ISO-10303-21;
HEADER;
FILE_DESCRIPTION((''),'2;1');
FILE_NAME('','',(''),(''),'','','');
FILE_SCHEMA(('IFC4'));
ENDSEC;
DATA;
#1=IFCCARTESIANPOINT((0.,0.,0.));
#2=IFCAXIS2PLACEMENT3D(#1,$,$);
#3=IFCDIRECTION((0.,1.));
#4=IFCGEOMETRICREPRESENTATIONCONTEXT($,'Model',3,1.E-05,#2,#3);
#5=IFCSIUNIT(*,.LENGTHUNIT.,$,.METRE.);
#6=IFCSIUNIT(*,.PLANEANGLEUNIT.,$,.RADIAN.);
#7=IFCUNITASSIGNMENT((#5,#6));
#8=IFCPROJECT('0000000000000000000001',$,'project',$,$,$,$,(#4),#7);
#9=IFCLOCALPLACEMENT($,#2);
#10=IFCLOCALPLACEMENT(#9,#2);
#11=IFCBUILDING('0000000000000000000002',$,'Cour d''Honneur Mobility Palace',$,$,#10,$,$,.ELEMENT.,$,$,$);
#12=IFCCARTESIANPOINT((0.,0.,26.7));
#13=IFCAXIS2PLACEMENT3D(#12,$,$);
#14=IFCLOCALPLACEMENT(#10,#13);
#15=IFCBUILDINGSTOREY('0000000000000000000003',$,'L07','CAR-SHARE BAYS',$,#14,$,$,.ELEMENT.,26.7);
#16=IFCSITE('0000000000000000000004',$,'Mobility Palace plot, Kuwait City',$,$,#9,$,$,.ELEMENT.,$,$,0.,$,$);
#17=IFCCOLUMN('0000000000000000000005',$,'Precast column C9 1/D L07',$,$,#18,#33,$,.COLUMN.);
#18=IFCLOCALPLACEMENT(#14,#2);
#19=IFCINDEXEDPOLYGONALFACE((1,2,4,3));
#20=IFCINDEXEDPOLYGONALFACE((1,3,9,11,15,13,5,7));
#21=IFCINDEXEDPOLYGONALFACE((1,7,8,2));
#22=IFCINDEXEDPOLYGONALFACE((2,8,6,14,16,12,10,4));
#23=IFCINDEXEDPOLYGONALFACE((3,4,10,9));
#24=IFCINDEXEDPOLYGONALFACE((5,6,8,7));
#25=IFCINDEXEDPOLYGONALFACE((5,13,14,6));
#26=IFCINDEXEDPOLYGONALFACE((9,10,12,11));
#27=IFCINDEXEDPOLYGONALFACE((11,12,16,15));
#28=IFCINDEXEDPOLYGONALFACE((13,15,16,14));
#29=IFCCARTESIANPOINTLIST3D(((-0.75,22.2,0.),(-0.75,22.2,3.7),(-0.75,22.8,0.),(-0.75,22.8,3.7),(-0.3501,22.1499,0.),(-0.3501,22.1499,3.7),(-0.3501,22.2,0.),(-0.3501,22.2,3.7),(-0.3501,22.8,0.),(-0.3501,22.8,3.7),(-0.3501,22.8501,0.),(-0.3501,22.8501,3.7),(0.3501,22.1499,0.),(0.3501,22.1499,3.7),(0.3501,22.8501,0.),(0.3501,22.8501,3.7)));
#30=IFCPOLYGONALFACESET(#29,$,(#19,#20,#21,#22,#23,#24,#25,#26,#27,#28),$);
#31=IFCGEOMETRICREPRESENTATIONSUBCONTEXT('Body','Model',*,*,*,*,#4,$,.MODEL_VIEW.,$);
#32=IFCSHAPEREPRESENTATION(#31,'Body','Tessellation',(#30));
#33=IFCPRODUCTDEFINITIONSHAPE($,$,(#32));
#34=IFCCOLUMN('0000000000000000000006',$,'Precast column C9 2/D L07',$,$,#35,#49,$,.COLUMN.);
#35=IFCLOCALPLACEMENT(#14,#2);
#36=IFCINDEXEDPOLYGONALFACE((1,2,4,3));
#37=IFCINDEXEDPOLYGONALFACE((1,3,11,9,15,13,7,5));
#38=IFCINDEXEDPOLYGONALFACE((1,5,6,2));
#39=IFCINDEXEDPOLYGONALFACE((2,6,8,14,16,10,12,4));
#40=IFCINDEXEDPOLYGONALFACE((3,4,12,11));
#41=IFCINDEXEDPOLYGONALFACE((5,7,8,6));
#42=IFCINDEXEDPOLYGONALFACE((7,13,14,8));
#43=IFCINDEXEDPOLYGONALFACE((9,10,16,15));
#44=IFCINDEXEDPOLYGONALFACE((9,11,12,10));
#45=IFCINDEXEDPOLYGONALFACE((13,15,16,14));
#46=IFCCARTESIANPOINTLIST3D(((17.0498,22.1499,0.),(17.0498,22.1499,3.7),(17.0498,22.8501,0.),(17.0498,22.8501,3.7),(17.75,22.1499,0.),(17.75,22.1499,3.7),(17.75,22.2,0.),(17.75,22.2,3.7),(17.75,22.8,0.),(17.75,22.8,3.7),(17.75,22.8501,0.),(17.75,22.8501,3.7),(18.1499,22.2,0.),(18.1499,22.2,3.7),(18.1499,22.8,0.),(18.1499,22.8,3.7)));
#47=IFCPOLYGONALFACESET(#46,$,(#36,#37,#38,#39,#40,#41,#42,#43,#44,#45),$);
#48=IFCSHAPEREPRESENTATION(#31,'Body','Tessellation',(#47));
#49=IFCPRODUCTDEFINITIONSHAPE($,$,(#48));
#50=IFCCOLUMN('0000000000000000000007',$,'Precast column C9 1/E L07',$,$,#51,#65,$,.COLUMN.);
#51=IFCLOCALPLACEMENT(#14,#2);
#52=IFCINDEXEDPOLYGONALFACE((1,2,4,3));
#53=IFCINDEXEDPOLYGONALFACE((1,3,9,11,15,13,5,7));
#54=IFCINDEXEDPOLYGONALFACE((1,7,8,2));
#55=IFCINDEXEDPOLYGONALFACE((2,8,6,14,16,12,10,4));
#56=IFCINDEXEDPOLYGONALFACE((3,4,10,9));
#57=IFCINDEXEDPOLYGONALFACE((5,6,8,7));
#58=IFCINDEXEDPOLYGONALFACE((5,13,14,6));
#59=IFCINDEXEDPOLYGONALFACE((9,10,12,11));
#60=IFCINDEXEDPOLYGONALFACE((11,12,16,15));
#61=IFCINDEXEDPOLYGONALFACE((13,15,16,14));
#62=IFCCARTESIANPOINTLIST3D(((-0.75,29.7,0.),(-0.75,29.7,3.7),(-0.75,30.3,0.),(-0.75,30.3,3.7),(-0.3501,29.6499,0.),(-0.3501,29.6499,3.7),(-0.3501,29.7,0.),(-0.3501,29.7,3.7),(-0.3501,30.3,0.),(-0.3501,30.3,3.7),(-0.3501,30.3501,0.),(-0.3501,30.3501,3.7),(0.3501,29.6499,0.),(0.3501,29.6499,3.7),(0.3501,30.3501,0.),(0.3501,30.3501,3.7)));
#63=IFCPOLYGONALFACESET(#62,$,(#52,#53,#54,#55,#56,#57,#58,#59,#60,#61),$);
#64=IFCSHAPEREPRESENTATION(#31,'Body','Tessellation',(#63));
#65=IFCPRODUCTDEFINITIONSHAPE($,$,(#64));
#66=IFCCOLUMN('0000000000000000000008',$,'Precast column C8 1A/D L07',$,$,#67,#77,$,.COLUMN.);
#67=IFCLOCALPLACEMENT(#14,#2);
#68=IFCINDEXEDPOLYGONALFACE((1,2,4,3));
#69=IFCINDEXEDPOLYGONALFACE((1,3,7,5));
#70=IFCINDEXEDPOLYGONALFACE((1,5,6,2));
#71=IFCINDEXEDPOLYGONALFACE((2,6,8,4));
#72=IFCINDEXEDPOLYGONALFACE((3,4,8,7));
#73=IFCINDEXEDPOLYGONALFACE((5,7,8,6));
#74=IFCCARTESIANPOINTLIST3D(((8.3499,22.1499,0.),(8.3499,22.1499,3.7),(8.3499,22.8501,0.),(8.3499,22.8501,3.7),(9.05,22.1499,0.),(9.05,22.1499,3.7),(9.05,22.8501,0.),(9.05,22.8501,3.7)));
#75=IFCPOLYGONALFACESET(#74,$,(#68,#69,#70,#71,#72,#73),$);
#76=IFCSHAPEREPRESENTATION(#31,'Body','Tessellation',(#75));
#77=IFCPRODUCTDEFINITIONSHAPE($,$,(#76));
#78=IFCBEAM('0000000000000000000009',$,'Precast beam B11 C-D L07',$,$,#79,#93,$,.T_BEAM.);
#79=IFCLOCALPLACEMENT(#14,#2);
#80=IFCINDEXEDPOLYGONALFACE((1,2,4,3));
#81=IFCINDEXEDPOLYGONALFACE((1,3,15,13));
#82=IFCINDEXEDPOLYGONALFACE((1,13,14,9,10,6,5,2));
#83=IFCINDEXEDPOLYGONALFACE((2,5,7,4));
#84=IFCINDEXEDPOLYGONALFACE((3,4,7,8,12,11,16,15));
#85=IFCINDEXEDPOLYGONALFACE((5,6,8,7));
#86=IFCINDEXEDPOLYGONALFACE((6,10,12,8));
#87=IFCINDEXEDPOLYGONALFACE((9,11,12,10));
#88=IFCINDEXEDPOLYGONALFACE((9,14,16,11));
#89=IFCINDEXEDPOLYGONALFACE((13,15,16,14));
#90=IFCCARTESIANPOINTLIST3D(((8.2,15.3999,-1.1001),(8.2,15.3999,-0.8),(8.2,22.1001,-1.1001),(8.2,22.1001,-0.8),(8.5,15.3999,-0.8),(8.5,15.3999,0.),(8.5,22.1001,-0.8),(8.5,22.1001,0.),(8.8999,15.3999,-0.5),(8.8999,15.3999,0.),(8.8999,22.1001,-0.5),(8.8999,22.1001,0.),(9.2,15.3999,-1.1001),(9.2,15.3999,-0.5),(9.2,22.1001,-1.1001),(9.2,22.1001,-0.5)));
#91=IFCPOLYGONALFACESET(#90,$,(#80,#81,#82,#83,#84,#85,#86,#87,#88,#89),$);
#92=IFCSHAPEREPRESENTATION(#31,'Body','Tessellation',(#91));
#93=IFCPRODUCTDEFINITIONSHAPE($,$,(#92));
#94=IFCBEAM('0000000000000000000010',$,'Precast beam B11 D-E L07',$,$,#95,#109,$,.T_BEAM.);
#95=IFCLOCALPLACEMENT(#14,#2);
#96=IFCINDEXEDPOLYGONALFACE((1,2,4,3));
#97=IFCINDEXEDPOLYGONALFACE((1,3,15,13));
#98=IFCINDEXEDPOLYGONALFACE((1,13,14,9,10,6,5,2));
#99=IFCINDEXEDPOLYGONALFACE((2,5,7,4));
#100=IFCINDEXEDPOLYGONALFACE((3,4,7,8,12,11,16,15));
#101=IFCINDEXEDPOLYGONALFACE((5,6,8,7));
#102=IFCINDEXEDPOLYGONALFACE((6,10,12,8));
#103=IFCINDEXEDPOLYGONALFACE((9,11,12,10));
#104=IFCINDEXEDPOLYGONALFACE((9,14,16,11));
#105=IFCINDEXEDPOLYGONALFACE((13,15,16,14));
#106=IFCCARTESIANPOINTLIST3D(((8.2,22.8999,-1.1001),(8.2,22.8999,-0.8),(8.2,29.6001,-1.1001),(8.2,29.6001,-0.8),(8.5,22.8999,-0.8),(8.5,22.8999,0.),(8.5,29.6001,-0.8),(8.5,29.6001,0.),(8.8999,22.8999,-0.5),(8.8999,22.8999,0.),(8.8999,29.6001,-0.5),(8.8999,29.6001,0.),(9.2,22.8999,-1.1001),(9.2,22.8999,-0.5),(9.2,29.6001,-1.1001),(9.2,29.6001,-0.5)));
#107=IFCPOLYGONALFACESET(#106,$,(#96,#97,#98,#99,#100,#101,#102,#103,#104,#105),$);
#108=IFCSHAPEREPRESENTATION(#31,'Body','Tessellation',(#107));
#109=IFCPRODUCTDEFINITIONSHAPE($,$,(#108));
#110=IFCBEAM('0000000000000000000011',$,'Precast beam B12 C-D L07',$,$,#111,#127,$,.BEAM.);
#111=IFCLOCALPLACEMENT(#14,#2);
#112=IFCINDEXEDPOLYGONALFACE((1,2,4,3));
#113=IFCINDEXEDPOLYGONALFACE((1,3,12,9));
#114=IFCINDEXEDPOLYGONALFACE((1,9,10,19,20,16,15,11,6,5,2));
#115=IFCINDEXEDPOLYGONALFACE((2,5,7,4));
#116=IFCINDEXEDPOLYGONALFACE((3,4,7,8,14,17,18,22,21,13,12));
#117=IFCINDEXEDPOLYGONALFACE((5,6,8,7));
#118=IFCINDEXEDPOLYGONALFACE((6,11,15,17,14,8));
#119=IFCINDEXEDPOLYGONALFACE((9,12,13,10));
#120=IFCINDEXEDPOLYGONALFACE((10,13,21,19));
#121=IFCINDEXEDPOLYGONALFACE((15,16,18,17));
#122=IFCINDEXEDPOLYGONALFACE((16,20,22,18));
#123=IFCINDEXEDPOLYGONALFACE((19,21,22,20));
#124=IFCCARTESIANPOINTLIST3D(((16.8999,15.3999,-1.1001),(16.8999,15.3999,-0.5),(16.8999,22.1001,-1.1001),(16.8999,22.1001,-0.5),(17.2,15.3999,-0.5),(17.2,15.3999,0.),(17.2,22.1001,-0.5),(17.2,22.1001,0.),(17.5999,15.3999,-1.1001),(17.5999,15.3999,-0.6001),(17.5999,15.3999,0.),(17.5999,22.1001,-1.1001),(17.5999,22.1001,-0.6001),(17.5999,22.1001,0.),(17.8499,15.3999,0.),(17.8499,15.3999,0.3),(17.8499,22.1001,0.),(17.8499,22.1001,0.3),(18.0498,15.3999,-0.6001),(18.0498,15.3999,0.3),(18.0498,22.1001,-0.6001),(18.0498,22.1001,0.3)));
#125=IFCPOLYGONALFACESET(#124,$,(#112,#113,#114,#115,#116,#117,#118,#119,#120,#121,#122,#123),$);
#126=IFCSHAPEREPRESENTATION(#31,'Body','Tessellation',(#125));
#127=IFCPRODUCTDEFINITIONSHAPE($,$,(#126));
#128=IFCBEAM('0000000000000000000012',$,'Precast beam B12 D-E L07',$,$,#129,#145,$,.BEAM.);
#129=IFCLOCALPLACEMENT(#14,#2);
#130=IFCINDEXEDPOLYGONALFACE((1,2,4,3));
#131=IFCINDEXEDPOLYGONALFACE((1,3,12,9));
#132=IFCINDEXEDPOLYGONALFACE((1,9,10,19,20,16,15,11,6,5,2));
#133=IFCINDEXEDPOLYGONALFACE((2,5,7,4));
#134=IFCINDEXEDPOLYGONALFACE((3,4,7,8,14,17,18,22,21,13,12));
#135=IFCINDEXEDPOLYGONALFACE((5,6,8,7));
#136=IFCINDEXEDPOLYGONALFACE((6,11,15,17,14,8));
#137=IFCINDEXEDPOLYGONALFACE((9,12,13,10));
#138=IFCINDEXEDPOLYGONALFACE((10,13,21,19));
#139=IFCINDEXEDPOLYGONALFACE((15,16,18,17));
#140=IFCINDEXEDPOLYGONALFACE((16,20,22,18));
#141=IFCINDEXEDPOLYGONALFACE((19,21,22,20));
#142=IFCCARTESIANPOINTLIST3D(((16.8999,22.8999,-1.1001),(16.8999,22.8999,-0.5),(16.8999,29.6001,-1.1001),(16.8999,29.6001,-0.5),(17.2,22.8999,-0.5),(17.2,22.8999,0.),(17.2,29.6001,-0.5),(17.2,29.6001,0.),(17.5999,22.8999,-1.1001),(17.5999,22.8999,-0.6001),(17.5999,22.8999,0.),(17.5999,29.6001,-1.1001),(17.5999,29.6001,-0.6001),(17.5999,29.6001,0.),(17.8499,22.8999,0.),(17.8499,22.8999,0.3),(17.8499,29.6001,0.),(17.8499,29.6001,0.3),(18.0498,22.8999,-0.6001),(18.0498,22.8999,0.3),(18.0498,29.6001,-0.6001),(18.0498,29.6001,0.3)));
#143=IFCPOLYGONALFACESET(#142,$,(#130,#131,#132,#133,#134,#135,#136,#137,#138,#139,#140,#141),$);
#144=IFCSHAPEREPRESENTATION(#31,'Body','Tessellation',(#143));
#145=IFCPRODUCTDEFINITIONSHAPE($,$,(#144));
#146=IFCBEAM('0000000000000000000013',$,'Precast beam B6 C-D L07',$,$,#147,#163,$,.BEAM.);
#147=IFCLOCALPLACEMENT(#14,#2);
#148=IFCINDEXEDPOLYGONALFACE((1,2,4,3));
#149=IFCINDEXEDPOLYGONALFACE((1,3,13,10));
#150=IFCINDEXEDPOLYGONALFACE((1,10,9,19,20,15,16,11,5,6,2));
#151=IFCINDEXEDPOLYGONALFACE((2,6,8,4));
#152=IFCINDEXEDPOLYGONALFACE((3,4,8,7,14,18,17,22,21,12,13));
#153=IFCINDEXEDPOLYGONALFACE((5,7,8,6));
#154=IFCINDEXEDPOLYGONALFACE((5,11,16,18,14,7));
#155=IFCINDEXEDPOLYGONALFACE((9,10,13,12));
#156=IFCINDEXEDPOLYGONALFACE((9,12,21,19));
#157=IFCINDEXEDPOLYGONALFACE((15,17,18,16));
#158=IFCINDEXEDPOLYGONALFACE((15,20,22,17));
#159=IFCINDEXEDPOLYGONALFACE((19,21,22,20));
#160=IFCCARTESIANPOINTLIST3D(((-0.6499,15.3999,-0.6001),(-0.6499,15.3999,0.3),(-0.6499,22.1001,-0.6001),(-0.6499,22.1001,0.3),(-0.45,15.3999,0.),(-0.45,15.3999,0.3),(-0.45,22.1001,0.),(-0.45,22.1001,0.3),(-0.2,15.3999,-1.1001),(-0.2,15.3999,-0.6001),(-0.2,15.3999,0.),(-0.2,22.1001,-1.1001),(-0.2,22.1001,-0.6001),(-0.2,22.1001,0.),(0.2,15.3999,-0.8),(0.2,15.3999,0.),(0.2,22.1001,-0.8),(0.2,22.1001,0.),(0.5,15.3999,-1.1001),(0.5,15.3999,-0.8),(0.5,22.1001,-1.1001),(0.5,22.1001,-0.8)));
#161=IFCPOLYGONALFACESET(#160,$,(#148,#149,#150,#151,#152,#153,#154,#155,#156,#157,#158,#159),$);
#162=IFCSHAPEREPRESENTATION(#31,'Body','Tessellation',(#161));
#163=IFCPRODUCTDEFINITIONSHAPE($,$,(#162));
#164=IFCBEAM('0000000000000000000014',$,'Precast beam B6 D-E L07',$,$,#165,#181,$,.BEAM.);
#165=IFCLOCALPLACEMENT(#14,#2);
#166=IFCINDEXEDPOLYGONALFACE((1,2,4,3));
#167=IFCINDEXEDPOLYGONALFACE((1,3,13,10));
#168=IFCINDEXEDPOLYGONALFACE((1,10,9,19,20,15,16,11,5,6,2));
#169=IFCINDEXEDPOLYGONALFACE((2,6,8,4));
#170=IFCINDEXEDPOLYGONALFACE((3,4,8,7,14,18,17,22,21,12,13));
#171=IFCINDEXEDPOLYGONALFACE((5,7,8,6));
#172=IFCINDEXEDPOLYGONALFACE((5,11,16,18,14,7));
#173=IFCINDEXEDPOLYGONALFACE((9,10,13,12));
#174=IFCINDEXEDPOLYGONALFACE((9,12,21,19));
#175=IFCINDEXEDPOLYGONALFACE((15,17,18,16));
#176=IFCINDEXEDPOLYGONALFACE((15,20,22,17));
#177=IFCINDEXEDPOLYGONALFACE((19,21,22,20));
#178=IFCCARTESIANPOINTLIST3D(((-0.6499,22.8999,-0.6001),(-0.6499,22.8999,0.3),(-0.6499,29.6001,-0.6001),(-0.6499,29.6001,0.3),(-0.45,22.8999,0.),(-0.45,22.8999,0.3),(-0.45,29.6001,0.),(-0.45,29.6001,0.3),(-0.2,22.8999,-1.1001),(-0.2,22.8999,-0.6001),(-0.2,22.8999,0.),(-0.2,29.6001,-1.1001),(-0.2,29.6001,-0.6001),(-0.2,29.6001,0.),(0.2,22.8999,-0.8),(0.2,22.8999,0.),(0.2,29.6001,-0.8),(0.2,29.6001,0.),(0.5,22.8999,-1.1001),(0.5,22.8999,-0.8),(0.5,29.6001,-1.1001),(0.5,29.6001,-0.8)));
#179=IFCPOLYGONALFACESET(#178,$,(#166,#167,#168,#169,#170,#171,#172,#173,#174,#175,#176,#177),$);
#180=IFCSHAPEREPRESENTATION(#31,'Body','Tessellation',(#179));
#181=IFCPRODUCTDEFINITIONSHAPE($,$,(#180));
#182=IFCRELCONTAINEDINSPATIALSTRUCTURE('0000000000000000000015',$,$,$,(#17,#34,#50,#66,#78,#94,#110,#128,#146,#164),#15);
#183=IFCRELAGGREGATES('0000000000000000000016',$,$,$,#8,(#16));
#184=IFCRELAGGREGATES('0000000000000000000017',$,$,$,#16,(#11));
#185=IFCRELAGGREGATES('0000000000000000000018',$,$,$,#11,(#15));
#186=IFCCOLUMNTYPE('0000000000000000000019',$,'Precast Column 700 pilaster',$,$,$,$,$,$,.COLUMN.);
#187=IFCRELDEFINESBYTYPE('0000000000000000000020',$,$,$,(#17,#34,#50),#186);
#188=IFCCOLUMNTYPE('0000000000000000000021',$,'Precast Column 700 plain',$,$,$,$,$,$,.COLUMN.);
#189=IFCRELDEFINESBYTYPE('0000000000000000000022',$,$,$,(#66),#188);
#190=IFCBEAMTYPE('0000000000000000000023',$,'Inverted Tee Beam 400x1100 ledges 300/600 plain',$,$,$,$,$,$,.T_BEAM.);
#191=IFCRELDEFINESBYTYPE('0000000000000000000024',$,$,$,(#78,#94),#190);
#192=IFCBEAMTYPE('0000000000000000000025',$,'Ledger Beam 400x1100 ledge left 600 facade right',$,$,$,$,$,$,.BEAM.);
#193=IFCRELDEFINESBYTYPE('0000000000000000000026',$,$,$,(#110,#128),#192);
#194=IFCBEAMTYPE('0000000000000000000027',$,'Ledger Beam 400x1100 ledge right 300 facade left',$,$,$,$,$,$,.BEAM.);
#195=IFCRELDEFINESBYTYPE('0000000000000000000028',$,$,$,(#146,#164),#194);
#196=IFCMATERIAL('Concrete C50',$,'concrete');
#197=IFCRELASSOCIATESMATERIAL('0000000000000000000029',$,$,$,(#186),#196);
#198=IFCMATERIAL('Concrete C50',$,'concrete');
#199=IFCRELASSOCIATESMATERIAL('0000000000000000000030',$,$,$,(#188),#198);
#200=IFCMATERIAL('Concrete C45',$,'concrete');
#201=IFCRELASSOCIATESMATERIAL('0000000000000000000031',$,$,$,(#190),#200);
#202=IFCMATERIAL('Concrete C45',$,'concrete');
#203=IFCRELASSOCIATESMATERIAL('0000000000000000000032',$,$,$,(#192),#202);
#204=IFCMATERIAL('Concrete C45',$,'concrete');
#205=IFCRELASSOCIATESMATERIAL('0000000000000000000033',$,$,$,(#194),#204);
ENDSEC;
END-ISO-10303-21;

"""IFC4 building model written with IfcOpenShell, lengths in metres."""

from ifc_helpers import new_model, si_unit, direction, frame, origin, place, context, subcontext, project, spatial, polyline, outline, extrude, material, material_profile, profile_set, type_object, element, save


model = new_model("IFC4")

# Units and contexts
model_context = context("Model", 3, precision=1e-05, world=origin(), true_north=direction((0.0, 1.0)))
body_context = subcontext(model_context, "Body", "Model", "MODEL_VIEW")
ifc_project = project(units=[si_unit("LENGTHUNIT", "METRE"), si_unit("PLANEANGLEUNIT", "RADIAN")], contexts=[model_context])

# Site, building, storey
site_placement = place(None, origin())
site = spatial("IfcSite", under=ifc_project, at=site_placement, Name="Mobility Palace plot, Kuwait City", CompositionType="ELEMENT", RefElevation=0.0)
building_placement = place(site_placement, origin())
building = spatial("IfcBuilding", under=site, at=building_placement, Name="Cour d'Honneur Mobility Palace", CompositionType="ELEMENT")
storey_placement = place(building_placement, frame((0.0, 0.0, 26.7)))
storey = spatial("IfcBuildingStorey", under=building, at=storey_placement, Name="L07", Description="CAR-SHARE BAYS", CompositionType="ELEMENT", Elevation=26.7)

# Columns
ifc_material_1 = material(Name="Concrete C50", Category="concrete")
ifc_material_profile_1 = material_profile(ifc_material_1, outline(polyline([(-0.3501, -0.3501), (0.3501, -0.3501), (0.3501, -0.3), (0.75, -0.3), (0.75, 0.3), (0.3501, 0.3), (0.3501, 0.3501), (-0.3501, 0.3501), (-0.3501, -0.3501)])), Name="PC C700 pilaster")
ifc_profile_set_1 = profile_set([ifc_material_profile_1], Name="Concrete C50")
column_type_1 = type_object("IfcColumnType", Name="Precast Column 700 pilaster", PredefinedType="COLUMN", material=ifc_profile_set_1)
for number, where, z_axis, x_axis, name in (
    (1, (0.0, 22.5, 0.0), (0.0, 0.0, 1.0), (-1.0, 0.0, 0.0), "Precast column C9 1/D L07"),
    (2, (17.3999, 22.5, 0.0), (0.0, 0.0, 1.0), (1.0, 0.0, 0.0), "Precast column C9 2/D L07"),
    (3, (0.0, 30.0, 0.0), (0.0, 0.0, 1.0), (-1.0, 0.0, 0.0), "Precast column C9 1/E L07"),
):
    element("IfcColumn", number, at=place(storey_placement, frame(where, z_axis=z_axis, x_axis=x_axis)), inside=storey, type_object=column_type_1, Name=name, PredefinedType="COLUMN", context=body_context, shape_type="SweptSolid", body=[
        extrude(outline(polyline([(-0.3501, -0.3501), (0.3501, -0.3501), (0.3501, -0.3), (0.75, -0.3), (0.75, 0.3), (0.3501, 0.3), (0.3501, 0.3501), (-0.3501, 0.3501), (-0.3501, -0.3501)])), origin(), (0.0, 0.0, 1.0), 3.7),
    ])
ifc_material_2 = material(Name="Concrete C50", Category="concrete")
ifc_material_profile_2 = material_profile(ifc_material_2, outline(polyline([(-0.3501, -0.3501), (0.3501, -0.3501), (0.3501, 0.3501), (-0.3501, 0.3501), (-0.3501, -0.3501)])), Name="PC C700 plain")
ifc_profile_set_2 = profile_set([ifc_material_profile_2], Name="Concrete C50")
column_type_2 = type_object("IfcColumnType", Name="Precast Column 700 plain", PredefinedType="COLUMN", material=ifc_profile_set_2)
column_placement = place(storey_placement, frame((8.7, 22.5, 0.0), z_axis=(0.0, 0.0, 1.0), x_axis=(1.0, 0.0, 0.0)))
element("IfcColumn", 4, at=column_placement, inside=storey, type_object=column_type_2, Name="Precast column C8 1A/D L07", PredefinedType="COLUMN", context=body_context, shape_type="SweptSolid", body=[
    extrude(outline(polyline([(-0.3501, -0.3501), (0.3501, -0.3501), (0.3501, 0.3501), (-0.3501, 0.3501), (-0.3501, -0.3501)])), origin(), (0.0, 0.0, 1.0), 3.7),
])

# Beams
ifc_material_3 = material(Name="Concrete C45", Category="concrete")
ifc_material_profile_3 = material_profile(ifc_material_3, outline(polyline([(0.5, -1.1001), (0.5, -0.8), (0.2, -0.8), (0.2, 0.0), (-0.2, 0.0), (-0.2, -0.5), (-0.5, -0.5), (-0.5, -1.1001), (0.5, -1.1001)])), Name="Inverted Tee Beam 400x1100 ledges 300/600 plain")
ifc_profile_set_3 = profile_set([ifc_material_profile_3], Name="Concrete C45")
beam_type_1 = type_object("IfcBeamType", Name="Inverted Tee Beam 400x1100 ledges 300/600 plain", PredefinedType="T_BEAM", material=ifc_profile_set_3)
for number, where, z_axis, x_axis, name in (
    (5, (8.7, 15.3999, 0.0), (0.0, 1.0, 0.0), (-1.0, 0.0, 0.0), "Precast beam B11 C-D L07"),
    (6, (8.7, 22.8999, 0.0), (0.0, 1.0, 0.0), (-1.0, 0.0, 0.0), "Precast beam B11 D-E L07"),
):
    element("IfcBeam", number, at=place(storey_placement, frame(where, z_axis=z_axis, x_axis=x_axis)), inside=storey, type_object=beam_type_1, Name=name, PredefinedType="T_BEAM", context=body_context, shape_type="SweptSolid", body=[
        extrude(outline(polyline([(0.5, -1.1001), (0.5, -0.8), (0.2, -0.8), (0.2, 0.0), (-0.2, 0.0), (-0.2, -0.5), (-0.5, -0.5), (-0.5, -1.1001), (0.5, -1.1001)])), origin(), (0.0, 0.0, 1.0), 6.7002),
    ])
ifc_material_4 = material(Name="Concrete C45", Category="concrete")
ifc_material_profile_4 = material_profile(ifc_material_4, outline(polyline([(0.5, -1.1001), (0.5, -0.5), (0.2, -0.5), (0.2, 0.0), (-0.2, 0.0), (-0.45, 0.0), (-0.45, 0.3), (-0.6499, 0.3), (-0.6499, -0.6001), (-0.2, -0.6001), (-0.2, -1.1001), (0.5, -1.1001)])), Name="Ledger Beam 400x1100 ledge left 600 facade right")
ifc_profile_set_4 = profile_set([ifc_material_profile_4], Name="Concrete C45")
beam_type_2 = type_object("IfcBeamType", Name="Ledger Beam 400x1100 ledge left 600 facade right", PredefinedType="BEAM", material=ifc_profile_set_4)
for number, where, z_axis, x_axis, name in (
    (7, (17.3999, 15.3999, 0.0), (0.0, 1.0, 0.0), (-1.0, 0.0, 0.0), "Precast beam B12 C-D L07"),
    (8, (17.3999, 22.8999, 0.0), (0.0, 1.0, 0.0), (-1.0, 0.0, 0.0), "Precast beam B12 D-E L07"),
):
    element("IfcBeam", number, at=place(storey_placement, frame(where, z_axis=z_axis, x_axis=x_axis)), inside=storey, type_object=beam_type_2, Name=name, PredefinedType="BEAM", context=body_context, shape_type="SweptSolid", body=[
        extrude(outline(polyline([(0.5, -1.1001), (0.5, -0.5), (0.2, -0.5), (0.2, 0.0), (-0.2, 0.0), (-0.45, 0.0), (-0.45, 0.3), (-0.6499, 0.3), (-0.6499, -0.6001), (-0.2, -0.6001), (-0.2, -1.1001), (0.5, -1.1001)])), origin(), (0.0, 0.0, 1.0), 6.7002),
    ])
ifc_material_5 = material(Name="Concrete C45", Category="concrete")
ifc_material_profile_5 = material_profile(ifc_material_5, outline(polyline([(0.2, -1.1001), (0.2, -0.6001), (0.6499, -0.6001), (0.6499, 0.3), (0.45, 0.3), (0.45, 0.0), (0.2, 0.0), (-0.2, 0.0), (-0.2, -0.8), (-0.5, -0.8), (-0.5, -1.1001), (0.2, -1.1001)])), Name="Ledger Beam 400x1100 ledge right 300 facade left")
ifc_profile_set_5 = profile_set([ifc_material_profile_5], Name="Concrete C45")
beam_type_3 = type_object("IfcBeamType", Name="Ledger Beam 400x1100 ledge right 300 facade left", PredefinedType="BEAM", material=ifc_profile_set_5)
for number, where, z_axis, x_axis, name in (
    (9, (0.0, 15.3999, 0.0), (0.0, 1.0, 0.0), (-1.0, 0.0, 0.0), "Precast beam B6 C-D L07"),
    (10, (0.0, 22.8999, 0.0), (0.0, 1.0, 0.0), (-1.0, 0.0, 0.0), "Precast beam B6 D-E L07"),
):
    element("IfcBeam", number, at=place(storey_placement, frame(where, z_axis=z_axis, x_axis=x_axis)), inside=storey, type_object=beam_type_3, Name=name, PredefinedType="BEAM", context=body_context, shape_type="SweptSolid", body=[
        extrude(outline(polyline([(0.2, -1.1001), (0.2, -0.6001), (0.6499, -0.6001), (0.6499, 0.3), (0.45, 0.3), (0.45, 0.0), (0.2, 0.0), (-0.2, 0.0), (-0.2, -0.8), (-0.5, -0.8), (-0.5, -1.1001), (0.2, -1.1001)])), origin(), (0.0, 0.0, 1.0), 6.7002),
    ])

save(model, "model.ifc")
